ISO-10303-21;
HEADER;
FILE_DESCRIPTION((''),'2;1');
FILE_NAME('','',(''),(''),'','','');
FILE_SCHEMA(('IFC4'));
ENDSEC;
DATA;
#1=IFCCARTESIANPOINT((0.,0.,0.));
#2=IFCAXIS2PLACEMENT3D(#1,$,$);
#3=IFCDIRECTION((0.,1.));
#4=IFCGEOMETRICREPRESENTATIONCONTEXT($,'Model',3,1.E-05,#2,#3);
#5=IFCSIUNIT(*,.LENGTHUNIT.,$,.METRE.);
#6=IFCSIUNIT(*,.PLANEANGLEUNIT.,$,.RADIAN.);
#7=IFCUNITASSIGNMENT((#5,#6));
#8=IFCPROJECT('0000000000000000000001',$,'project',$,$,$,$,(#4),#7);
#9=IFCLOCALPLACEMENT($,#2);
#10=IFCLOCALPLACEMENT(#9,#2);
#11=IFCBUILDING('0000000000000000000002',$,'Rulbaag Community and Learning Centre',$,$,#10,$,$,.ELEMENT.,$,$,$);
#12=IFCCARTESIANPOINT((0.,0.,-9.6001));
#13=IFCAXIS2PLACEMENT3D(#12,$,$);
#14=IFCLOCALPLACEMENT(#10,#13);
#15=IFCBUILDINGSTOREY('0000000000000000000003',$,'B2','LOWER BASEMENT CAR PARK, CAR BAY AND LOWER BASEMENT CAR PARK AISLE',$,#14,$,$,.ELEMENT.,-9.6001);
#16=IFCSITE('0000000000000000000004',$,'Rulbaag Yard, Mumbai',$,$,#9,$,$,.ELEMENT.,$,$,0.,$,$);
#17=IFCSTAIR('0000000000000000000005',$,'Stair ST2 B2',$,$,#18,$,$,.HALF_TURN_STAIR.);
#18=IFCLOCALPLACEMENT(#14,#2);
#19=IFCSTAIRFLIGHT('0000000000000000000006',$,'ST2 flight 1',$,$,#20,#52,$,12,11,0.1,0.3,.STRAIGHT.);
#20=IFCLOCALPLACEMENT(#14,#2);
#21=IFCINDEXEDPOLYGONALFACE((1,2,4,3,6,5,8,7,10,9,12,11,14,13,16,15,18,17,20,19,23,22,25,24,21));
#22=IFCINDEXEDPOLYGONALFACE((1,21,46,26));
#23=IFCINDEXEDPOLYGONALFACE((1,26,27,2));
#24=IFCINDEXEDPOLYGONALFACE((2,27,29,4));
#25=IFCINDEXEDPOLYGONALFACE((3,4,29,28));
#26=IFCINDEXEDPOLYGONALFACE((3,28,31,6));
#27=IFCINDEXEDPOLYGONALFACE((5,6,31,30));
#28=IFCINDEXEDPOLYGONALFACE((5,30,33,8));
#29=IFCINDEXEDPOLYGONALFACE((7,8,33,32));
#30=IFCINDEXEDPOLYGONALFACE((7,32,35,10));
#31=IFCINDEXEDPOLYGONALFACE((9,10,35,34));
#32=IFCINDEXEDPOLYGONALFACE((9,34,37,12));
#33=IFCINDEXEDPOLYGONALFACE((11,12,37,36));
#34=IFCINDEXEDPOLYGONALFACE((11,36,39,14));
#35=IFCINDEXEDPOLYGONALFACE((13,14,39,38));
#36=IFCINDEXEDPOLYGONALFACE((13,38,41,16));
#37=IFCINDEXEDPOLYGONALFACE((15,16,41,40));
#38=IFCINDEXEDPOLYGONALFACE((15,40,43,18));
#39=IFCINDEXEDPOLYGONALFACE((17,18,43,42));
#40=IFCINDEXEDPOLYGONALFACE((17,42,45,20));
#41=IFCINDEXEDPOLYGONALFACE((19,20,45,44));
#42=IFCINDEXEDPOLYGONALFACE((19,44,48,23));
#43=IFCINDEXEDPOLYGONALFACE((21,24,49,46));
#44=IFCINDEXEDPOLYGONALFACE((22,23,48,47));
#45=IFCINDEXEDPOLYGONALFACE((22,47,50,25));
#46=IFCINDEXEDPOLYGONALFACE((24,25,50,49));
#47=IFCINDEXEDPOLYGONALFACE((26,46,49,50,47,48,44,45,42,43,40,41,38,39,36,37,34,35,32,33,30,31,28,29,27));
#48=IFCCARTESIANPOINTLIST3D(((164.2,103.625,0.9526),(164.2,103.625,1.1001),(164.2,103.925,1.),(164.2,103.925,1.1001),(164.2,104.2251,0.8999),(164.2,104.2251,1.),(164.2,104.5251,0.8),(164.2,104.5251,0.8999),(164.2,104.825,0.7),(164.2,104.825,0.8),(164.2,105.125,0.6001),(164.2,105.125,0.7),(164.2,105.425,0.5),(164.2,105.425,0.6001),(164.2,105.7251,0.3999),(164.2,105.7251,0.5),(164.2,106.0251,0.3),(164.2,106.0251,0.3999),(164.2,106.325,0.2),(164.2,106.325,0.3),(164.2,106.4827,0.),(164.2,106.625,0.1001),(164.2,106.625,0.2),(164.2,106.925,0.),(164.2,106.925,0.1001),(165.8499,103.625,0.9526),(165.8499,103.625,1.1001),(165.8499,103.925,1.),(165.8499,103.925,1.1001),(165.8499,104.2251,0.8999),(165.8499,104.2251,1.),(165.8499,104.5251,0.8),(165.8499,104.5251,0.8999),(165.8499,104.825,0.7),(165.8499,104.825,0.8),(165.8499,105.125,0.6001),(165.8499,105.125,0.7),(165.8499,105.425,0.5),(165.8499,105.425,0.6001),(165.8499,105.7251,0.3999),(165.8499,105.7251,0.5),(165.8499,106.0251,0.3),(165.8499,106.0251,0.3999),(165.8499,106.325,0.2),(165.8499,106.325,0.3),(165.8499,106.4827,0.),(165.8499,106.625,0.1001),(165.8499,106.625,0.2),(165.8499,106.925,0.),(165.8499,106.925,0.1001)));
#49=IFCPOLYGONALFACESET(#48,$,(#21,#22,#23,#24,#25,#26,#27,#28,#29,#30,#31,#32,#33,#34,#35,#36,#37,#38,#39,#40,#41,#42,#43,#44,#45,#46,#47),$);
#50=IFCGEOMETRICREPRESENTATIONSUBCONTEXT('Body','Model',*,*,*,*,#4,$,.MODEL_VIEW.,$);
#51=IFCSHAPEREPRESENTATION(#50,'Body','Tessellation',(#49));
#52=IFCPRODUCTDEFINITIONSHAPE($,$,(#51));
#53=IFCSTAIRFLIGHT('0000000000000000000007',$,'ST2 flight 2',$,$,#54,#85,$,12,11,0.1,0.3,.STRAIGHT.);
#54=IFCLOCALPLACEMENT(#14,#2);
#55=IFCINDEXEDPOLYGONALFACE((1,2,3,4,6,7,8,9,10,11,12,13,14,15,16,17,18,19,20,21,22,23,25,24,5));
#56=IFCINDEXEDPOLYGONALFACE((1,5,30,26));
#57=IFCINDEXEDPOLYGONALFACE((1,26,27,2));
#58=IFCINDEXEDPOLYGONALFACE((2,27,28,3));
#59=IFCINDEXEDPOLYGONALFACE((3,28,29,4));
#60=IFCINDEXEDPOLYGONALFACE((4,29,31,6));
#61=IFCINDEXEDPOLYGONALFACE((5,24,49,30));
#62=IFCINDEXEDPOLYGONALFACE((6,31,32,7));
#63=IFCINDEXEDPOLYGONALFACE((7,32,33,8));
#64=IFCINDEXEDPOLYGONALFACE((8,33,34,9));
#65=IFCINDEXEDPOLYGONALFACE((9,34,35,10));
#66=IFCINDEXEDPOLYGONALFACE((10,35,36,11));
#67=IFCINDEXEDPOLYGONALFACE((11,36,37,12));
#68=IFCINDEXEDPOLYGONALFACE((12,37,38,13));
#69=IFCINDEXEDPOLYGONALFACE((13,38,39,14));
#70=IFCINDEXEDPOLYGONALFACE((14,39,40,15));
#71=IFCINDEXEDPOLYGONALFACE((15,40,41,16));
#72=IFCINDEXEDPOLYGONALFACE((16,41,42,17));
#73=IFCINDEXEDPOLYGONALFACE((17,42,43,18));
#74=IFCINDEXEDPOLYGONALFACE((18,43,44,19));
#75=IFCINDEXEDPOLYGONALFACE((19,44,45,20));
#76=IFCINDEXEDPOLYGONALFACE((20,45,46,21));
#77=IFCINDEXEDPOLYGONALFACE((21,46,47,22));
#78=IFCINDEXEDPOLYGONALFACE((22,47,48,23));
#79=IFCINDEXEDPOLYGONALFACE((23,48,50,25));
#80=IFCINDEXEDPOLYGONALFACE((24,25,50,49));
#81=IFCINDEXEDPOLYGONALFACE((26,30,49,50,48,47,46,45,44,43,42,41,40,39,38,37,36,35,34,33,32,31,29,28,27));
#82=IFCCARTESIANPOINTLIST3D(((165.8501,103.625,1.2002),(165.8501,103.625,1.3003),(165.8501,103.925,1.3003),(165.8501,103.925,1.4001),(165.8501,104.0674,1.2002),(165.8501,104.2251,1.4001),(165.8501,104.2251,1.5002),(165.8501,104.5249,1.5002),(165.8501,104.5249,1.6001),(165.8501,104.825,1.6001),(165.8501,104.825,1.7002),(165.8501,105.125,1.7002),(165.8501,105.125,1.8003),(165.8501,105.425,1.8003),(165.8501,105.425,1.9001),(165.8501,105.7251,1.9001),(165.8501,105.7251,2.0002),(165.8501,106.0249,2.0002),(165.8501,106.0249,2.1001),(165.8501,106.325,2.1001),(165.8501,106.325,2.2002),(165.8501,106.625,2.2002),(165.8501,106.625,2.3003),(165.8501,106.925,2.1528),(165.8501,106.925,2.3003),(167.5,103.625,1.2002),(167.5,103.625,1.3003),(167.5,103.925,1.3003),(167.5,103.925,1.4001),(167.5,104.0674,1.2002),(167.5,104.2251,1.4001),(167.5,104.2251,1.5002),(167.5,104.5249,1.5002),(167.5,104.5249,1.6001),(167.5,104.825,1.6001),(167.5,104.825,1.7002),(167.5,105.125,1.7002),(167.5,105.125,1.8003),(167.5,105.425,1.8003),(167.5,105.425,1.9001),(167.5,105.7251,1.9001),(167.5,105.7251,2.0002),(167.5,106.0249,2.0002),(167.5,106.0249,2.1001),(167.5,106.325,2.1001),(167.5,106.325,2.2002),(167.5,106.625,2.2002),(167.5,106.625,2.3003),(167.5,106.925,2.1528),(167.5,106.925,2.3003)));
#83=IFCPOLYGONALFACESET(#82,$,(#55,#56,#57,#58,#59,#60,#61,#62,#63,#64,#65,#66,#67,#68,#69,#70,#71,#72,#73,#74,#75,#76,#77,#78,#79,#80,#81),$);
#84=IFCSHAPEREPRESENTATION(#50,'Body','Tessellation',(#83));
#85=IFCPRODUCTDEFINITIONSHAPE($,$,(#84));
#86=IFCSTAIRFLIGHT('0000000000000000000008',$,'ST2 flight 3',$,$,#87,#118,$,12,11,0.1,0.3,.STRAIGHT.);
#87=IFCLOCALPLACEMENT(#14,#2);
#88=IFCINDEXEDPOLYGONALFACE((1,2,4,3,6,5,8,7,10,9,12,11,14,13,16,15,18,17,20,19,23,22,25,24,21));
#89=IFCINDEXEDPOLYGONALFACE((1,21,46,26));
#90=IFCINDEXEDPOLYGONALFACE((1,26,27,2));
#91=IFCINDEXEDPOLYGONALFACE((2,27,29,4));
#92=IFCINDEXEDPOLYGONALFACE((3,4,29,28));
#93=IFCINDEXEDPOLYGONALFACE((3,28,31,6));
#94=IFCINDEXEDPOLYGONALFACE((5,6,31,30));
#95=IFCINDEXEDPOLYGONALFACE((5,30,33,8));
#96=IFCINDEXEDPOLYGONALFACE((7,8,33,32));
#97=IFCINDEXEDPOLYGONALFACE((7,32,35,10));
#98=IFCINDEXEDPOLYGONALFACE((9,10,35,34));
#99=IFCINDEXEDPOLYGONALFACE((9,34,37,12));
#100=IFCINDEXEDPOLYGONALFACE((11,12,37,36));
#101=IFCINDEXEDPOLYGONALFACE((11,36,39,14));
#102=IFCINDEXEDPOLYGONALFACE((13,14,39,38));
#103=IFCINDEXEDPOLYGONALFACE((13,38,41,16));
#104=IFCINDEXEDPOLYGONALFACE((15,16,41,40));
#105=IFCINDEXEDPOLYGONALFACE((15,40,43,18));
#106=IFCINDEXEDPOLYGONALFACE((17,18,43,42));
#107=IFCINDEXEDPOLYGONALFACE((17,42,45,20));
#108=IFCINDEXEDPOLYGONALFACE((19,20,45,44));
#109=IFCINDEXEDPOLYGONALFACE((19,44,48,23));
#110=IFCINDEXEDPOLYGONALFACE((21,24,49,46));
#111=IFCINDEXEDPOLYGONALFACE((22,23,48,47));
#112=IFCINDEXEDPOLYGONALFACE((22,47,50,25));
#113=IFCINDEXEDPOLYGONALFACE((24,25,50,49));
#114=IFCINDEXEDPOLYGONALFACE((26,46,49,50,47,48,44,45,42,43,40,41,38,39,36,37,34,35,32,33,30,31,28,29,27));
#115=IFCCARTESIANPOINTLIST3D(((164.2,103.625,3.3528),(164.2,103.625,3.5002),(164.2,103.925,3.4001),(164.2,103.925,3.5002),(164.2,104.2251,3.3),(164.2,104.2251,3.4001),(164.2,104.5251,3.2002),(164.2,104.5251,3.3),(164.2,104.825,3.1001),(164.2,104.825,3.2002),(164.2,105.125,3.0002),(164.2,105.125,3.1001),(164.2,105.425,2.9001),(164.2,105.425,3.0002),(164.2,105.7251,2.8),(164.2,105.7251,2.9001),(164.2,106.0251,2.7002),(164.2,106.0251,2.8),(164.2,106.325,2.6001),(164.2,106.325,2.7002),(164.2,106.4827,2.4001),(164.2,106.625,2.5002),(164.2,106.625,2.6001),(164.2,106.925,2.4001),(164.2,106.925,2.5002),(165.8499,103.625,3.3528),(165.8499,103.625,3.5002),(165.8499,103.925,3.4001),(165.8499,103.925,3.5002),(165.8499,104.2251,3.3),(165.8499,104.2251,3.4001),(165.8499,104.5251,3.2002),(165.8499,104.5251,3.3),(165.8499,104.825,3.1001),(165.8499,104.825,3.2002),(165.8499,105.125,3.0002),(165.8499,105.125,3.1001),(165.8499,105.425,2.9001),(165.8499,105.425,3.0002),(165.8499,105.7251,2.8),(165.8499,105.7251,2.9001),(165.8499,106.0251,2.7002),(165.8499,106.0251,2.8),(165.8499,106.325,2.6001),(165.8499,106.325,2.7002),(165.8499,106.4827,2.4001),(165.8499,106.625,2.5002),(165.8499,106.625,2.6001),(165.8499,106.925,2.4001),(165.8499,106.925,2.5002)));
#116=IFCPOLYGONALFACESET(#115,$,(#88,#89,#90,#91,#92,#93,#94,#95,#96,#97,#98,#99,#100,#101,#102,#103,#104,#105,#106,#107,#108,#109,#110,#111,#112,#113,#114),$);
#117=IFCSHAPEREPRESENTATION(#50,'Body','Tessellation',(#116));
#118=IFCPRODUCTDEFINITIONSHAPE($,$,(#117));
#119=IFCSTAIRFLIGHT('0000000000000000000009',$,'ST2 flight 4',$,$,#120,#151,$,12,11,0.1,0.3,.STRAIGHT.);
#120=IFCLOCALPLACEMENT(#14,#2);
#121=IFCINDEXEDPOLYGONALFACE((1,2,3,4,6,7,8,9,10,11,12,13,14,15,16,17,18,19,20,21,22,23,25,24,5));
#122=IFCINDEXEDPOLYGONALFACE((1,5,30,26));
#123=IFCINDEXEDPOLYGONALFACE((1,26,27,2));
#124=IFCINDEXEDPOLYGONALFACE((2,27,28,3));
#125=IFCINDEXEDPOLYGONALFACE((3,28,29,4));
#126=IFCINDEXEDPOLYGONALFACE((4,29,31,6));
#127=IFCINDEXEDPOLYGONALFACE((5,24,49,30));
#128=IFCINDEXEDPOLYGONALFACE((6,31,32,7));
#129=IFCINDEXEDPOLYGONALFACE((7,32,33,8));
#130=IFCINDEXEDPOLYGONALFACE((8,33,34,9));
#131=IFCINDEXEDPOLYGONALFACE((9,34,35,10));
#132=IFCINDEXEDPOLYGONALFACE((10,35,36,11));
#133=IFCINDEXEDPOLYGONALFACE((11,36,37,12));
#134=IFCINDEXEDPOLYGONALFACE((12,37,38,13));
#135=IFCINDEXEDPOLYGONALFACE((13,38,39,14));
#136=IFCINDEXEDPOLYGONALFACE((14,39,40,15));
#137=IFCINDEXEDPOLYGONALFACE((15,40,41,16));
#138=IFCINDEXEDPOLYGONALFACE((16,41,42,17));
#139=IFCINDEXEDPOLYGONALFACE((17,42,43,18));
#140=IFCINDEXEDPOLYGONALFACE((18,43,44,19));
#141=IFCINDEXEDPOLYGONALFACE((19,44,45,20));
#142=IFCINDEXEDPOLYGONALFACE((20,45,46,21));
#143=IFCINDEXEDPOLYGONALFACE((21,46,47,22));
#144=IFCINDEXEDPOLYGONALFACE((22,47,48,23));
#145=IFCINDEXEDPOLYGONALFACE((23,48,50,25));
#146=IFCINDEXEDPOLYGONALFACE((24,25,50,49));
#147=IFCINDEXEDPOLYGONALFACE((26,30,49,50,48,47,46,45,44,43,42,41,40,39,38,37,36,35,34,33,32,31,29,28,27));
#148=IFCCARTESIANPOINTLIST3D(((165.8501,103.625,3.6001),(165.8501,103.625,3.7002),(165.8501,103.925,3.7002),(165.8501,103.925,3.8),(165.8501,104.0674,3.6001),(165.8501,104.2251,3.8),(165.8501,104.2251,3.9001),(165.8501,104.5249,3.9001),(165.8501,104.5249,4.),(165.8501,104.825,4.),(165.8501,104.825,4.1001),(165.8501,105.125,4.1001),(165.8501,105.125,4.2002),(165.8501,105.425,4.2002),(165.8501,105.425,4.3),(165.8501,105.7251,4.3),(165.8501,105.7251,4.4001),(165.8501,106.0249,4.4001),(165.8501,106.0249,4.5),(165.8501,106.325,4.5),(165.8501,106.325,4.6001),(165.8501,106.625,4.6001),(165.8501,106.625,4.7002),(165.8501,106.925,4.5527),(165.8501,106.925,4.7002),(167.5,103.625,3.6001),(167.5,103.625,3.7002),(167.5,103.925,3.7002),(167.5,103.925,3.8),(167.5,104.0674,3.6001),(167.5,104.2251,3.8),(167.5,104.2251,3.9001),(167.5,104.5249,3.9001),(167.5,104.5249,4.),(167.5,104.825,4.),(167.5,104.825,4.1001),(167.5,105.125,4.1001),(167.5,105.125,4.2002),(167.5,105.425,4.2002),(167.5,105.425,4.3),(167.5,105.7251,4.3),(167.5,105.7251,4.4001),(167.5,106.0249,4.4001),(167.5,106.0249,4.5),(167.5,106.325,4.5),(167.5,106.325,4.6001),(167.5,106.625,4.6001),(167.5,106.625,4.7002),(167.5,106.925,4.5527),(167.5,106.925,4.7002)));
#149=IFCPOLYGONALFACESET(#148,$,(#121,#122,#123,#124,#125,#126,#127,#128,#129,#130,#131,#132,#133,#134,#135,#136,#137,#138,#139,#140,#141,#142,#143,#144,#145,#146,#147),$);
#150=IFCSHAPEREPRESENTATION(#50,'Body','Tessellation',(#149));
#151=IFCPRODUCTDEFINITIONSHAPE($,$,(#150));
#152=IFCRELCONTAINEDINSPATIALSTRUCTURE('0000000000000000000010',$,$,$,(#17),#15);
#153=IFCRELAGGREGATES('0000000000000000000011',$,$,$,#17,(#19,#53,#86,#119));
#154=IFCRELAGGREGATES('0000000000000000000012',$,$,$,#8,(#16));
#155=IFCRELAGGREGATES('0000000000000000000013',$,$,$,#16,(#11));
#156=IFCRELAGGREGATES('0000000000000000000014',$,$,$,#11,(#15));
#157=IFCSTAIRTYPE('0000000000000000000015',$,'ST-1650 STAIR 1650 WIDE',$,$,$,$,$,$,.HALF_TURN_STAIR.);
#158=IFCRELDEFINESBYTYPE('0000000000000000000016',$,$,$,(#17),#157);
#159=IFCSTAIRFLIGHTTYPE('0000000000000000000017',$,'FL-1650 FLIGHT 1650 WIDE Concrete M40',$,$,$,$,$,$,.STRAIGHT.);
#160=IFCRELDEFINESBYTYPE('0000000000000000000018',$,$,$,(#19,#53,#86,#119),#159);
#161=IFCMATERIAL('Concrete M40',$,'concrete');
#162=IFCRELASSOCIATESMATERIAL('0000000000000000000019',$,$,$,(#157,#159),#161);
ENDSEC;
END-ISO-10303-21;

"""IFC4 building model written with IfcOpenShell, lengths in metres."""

from ifc_helpers import new_model, si_unit, direction, frame, origin, place, context, subcontext, project, spatial, polyline, outline, extrude, material, type_object, element, aggregate, save


model = new_model("IFC4")

# Units and contexts
model_context = context("Model", 3, precision=1e-05, world=origin(), true_north=direction((0.0, 1.0)))
body_context = subcontext(model_context, "Body", "Model", "MODEL_VIEW")
ifc_project = project(units=[si_unit("LENGTHUNIT", "METRE"), si_unit("PLANEANGLEUNIT", "RADIAN")], contexts=[model_context])

# Site, building, storey
site_placement = place(None, origin())
site = spatial("IfcSite", under=ifc_project, at=site_placement, Name="Rulbaag Yard, Mumbai", CompositionType="ELEMENT", RefElevation=0.0)
building_placement = place(site_placement, origin())
building = spatial("IfcBuilding", under=site, at=building_placement, Name="Rulbaag Community and Learning Centre", CompositionType="ELEMENT")
storey_placement = place(building_placement, frame((0.0, 0.0, -9.6001)))
storey = spatial("IfcBuildingStorey", under=building, at=storey_placement, Name="B2", Description="LOWER BASEMENT CAR PARK, CAR BAY AND LOWER BASEMENT CAR PARK AISLE", CompositionType="ELEMENT", Elevation=-9.6001)

# Shared definitions
ifc_material_1 = material(Name="Concrete M40", Category="concrete")

# Stair, stair flights
stair_type = type_object("IfcStairType", Name="ST-1650 STAIR 1650 WIDE", PredefinedType="HALF_TURN_STAIR", material=ifc_material_1)
stair_placement = place(storey_placement, origin())
stair = element("IfcStair", 1, at=stair_placement, inside=storey, type_object=stair_type, Name="Stair ST2 B2", PredefinedType="HALF_TURN_STAIR")
stair_flight_type = type_object("IfcStairFlightType", Name="FL-1650 FLIGHT 1650 WIDE Concrete M40", PredefinedType="STRAIGHT", material=ifc_material_1)
stair_flight_1_placement = place(storey_placement, frame((165.0249, 106.925, 0.0), z_axis=(0.0, 0.0, 1.0), x_axis=(0.0, -1.0, 0.0)))
stair_flight_1 = element("IfcStairFlight", 2, at=stair_flight_1_placement, type_object=stair_flight_type, Name="ST2 flight 1", NumberOfRisers=12, NumberOfTreads=11, PredefinedType="STRAIGHT", RiserHeight=0.1, TreadLength=0.3, context=body_context, shape_type="SweptSolid", body=[
    extrude(outline(polyline([(0.0, 0.0), (0.0, 0.1001), (0.3, 0.1001), (0.3, 0.2), (0.6001, 0.2), (0.6001, 0.3), (0.8999, 0.3), (0.8999, 0.3999), (1.2, 0.3999), (1.2, 0.5), (1.5, 0.5), (1.5, 0.6001), (1.8, 0.6001), (1.8, 0.7), (2.1001, 0.7), (2.1001, 0.8), (2.3999, 0.8), (2.3999, 0.8999), (2.7, 0.8999), (2.7, 1.0), (3.0, 1.0), (3.0, 1.1001), (3.3, 1.1001), (3.3, 0.9526), (0.4424, 0.0), (0.0, 0.0)])), frame((0.0, 0.825, 0.0), z_axis=(0.0, -1.0, 0.0), x_axis=(1.0, 0.0, 0.0)), (0.0, 0.0, 1.0), 1.6499),
])
stair_flight_2_placement = place(storey_placement, frame((166.675, 103.625, 1.2002), z_axis=(0.0, 0.0, 1.0), x_axis=(0.0, 1.0, 0.0)))
stair_flight_2 = element("IfcStairFlight", 3, at=stair_flight_2_placement, type_object=stair_flight_type, Name="ST2 flight 2", NumberOfRisers=12, NumberOfTreads=11, PredefinedType="STRAIGHT", RiserHeight=0.1, TreadLength=0.3, context=body_context, shape_type="SweptSolid", body=[
    extrude(outline(polyline([(0.0, 0.0), (0.0, 0.1001), (0.3, 0.1001), (0.3, 0.2), (0.6001, 0.2), (0.6001, 0.3), (0.8999, 0.3), (0.8999, 0.3999), (1.2, 0.3999), (1.2, 0.5), (1.5, 0.5), (1.5, 0.6001), (1.8, 0.6001), (1.8, 0.7), (2.1001, 0.7), (2.1001, 0.8), (2.3999, 0.8), (2.3999, 0.8999), (2.7, 0.8999), (2.7, 1.0), (3.0, 1.0), (3.0, 1.1001), (3.3, 1.1001), (3.3, 0.9526), (0.4424, 0.0), (0.0, 0.0)])), frame((0.0, 0.825, 0.0), z_axis=(0.0, -1.0, 0.0), x_axis=(1.0, 0.0, 0.0)), (0.0, 0.0, 1.0), 1.6499),
])
stair_flight_3_placement = place(storey_placement, frame((165.0249, 106.925, 2.4001), z_axis=(0.0, 0.0, 1.0), x_axis=(0.0, -1.0, 0.0)))
stair_flight_3 = element("IfcStairFlight", 4, at=stair_flight_3_placement, type_object=stair_flight_type, Name="ST2 flight 3", NumberOfRisers=12, NumberOfTreads=11, PredefinedType="STRAIGHT", RiserHeight=0.1, TreadLength=0.3, context=body_context, shape_type="SweptSolid", body=[
    extrude(outline(polyline([(0.0, 0.0), (0.0, 0.1001), (0.3, 0.1001), (0.3, 0.2), (0.6001, 0.2), (0.6001, 0.3), (0.8999, 0.3), (0.8999, 0.3999), (1.2, 0.3999), (1.2, 0.5), (1.5, 0.5), (1.5, 0.6001), (1.8, 0.6001), (1.8, 0.7), (2.1001, 0.7), (2.1001, 0.8), (2.3999, 0.8), (2.3999, 0.8999), (2.7, 0.8999), (2.7, 1.0), (3.0, 1.0), (3.0, 1.1001), (3.3, 1.1001), (3.3, 0.9526), (0.4424, 0.0), (0.0, 0.0)])), frame((0.0, 0.825, 0.0), z_axis=(0.0, -1.0, 0.0), x_axis=(1.0, 0.0, 0.0)), (0.0, 0.0, 1.0), 1.6499),
])
stair_flight_4_placement = place(storey_placement, frame((166.675, 103.625, 3.6001), z_axis=(0.0, 0.0, 1.0), x_axis=(0.0, 1.0, 0.0)))
stair_flight_4 = element("IfcStairFlight", 5, at=stair_flight_4_placement, type_object=stair_flight_type, Name="ST2 flight 4", NumberOfRisers=12, NumberOfTreads=11, PredefinedType="STRAIGHT", RiserHeight=0.1, TreadLength=0.3, context=body_context, shape_type="SweptSolid", body=[
    extrude(outline(polyline([(0.0, 0.0), (0.0, 0.1001), (0.3, 0.1001), (0.3, 0.2), (0.6001, 0.2), (0.6001, 0.3), (0.8999, 0.3), (0.8999, 0.3999), (1.2, 0.3999), (1.2, 0.5), (1.5, 0.5), (1.5, 0.6001), (1.8, 0.6001), (1.8, 0.7), (2.1001, 0.7), (2.1001, 0.8), (2.3999, 0.8), (2.3999, 0.8999), (2.7, 0.8999), (2.7, 1.0), (3.0, 1.0), (3.0, 1.1001), (3.3, 1.1001), (3.3, 0.9526), (0.4424, 0.0), (0.0, 0.0)])), frame((0.0, 0.825, 0.0), z_axis=(0.0, -1.0, 0.0), x_axis=(1.0, 0.0, 0.0)), (0.0, 0.0, 1.0), 1.6499),
])
aggregate(stair, [stair_flight_1, stair_flight_2, stair_flight_3, stair_flight_4])

save(model, "model.ifc")
